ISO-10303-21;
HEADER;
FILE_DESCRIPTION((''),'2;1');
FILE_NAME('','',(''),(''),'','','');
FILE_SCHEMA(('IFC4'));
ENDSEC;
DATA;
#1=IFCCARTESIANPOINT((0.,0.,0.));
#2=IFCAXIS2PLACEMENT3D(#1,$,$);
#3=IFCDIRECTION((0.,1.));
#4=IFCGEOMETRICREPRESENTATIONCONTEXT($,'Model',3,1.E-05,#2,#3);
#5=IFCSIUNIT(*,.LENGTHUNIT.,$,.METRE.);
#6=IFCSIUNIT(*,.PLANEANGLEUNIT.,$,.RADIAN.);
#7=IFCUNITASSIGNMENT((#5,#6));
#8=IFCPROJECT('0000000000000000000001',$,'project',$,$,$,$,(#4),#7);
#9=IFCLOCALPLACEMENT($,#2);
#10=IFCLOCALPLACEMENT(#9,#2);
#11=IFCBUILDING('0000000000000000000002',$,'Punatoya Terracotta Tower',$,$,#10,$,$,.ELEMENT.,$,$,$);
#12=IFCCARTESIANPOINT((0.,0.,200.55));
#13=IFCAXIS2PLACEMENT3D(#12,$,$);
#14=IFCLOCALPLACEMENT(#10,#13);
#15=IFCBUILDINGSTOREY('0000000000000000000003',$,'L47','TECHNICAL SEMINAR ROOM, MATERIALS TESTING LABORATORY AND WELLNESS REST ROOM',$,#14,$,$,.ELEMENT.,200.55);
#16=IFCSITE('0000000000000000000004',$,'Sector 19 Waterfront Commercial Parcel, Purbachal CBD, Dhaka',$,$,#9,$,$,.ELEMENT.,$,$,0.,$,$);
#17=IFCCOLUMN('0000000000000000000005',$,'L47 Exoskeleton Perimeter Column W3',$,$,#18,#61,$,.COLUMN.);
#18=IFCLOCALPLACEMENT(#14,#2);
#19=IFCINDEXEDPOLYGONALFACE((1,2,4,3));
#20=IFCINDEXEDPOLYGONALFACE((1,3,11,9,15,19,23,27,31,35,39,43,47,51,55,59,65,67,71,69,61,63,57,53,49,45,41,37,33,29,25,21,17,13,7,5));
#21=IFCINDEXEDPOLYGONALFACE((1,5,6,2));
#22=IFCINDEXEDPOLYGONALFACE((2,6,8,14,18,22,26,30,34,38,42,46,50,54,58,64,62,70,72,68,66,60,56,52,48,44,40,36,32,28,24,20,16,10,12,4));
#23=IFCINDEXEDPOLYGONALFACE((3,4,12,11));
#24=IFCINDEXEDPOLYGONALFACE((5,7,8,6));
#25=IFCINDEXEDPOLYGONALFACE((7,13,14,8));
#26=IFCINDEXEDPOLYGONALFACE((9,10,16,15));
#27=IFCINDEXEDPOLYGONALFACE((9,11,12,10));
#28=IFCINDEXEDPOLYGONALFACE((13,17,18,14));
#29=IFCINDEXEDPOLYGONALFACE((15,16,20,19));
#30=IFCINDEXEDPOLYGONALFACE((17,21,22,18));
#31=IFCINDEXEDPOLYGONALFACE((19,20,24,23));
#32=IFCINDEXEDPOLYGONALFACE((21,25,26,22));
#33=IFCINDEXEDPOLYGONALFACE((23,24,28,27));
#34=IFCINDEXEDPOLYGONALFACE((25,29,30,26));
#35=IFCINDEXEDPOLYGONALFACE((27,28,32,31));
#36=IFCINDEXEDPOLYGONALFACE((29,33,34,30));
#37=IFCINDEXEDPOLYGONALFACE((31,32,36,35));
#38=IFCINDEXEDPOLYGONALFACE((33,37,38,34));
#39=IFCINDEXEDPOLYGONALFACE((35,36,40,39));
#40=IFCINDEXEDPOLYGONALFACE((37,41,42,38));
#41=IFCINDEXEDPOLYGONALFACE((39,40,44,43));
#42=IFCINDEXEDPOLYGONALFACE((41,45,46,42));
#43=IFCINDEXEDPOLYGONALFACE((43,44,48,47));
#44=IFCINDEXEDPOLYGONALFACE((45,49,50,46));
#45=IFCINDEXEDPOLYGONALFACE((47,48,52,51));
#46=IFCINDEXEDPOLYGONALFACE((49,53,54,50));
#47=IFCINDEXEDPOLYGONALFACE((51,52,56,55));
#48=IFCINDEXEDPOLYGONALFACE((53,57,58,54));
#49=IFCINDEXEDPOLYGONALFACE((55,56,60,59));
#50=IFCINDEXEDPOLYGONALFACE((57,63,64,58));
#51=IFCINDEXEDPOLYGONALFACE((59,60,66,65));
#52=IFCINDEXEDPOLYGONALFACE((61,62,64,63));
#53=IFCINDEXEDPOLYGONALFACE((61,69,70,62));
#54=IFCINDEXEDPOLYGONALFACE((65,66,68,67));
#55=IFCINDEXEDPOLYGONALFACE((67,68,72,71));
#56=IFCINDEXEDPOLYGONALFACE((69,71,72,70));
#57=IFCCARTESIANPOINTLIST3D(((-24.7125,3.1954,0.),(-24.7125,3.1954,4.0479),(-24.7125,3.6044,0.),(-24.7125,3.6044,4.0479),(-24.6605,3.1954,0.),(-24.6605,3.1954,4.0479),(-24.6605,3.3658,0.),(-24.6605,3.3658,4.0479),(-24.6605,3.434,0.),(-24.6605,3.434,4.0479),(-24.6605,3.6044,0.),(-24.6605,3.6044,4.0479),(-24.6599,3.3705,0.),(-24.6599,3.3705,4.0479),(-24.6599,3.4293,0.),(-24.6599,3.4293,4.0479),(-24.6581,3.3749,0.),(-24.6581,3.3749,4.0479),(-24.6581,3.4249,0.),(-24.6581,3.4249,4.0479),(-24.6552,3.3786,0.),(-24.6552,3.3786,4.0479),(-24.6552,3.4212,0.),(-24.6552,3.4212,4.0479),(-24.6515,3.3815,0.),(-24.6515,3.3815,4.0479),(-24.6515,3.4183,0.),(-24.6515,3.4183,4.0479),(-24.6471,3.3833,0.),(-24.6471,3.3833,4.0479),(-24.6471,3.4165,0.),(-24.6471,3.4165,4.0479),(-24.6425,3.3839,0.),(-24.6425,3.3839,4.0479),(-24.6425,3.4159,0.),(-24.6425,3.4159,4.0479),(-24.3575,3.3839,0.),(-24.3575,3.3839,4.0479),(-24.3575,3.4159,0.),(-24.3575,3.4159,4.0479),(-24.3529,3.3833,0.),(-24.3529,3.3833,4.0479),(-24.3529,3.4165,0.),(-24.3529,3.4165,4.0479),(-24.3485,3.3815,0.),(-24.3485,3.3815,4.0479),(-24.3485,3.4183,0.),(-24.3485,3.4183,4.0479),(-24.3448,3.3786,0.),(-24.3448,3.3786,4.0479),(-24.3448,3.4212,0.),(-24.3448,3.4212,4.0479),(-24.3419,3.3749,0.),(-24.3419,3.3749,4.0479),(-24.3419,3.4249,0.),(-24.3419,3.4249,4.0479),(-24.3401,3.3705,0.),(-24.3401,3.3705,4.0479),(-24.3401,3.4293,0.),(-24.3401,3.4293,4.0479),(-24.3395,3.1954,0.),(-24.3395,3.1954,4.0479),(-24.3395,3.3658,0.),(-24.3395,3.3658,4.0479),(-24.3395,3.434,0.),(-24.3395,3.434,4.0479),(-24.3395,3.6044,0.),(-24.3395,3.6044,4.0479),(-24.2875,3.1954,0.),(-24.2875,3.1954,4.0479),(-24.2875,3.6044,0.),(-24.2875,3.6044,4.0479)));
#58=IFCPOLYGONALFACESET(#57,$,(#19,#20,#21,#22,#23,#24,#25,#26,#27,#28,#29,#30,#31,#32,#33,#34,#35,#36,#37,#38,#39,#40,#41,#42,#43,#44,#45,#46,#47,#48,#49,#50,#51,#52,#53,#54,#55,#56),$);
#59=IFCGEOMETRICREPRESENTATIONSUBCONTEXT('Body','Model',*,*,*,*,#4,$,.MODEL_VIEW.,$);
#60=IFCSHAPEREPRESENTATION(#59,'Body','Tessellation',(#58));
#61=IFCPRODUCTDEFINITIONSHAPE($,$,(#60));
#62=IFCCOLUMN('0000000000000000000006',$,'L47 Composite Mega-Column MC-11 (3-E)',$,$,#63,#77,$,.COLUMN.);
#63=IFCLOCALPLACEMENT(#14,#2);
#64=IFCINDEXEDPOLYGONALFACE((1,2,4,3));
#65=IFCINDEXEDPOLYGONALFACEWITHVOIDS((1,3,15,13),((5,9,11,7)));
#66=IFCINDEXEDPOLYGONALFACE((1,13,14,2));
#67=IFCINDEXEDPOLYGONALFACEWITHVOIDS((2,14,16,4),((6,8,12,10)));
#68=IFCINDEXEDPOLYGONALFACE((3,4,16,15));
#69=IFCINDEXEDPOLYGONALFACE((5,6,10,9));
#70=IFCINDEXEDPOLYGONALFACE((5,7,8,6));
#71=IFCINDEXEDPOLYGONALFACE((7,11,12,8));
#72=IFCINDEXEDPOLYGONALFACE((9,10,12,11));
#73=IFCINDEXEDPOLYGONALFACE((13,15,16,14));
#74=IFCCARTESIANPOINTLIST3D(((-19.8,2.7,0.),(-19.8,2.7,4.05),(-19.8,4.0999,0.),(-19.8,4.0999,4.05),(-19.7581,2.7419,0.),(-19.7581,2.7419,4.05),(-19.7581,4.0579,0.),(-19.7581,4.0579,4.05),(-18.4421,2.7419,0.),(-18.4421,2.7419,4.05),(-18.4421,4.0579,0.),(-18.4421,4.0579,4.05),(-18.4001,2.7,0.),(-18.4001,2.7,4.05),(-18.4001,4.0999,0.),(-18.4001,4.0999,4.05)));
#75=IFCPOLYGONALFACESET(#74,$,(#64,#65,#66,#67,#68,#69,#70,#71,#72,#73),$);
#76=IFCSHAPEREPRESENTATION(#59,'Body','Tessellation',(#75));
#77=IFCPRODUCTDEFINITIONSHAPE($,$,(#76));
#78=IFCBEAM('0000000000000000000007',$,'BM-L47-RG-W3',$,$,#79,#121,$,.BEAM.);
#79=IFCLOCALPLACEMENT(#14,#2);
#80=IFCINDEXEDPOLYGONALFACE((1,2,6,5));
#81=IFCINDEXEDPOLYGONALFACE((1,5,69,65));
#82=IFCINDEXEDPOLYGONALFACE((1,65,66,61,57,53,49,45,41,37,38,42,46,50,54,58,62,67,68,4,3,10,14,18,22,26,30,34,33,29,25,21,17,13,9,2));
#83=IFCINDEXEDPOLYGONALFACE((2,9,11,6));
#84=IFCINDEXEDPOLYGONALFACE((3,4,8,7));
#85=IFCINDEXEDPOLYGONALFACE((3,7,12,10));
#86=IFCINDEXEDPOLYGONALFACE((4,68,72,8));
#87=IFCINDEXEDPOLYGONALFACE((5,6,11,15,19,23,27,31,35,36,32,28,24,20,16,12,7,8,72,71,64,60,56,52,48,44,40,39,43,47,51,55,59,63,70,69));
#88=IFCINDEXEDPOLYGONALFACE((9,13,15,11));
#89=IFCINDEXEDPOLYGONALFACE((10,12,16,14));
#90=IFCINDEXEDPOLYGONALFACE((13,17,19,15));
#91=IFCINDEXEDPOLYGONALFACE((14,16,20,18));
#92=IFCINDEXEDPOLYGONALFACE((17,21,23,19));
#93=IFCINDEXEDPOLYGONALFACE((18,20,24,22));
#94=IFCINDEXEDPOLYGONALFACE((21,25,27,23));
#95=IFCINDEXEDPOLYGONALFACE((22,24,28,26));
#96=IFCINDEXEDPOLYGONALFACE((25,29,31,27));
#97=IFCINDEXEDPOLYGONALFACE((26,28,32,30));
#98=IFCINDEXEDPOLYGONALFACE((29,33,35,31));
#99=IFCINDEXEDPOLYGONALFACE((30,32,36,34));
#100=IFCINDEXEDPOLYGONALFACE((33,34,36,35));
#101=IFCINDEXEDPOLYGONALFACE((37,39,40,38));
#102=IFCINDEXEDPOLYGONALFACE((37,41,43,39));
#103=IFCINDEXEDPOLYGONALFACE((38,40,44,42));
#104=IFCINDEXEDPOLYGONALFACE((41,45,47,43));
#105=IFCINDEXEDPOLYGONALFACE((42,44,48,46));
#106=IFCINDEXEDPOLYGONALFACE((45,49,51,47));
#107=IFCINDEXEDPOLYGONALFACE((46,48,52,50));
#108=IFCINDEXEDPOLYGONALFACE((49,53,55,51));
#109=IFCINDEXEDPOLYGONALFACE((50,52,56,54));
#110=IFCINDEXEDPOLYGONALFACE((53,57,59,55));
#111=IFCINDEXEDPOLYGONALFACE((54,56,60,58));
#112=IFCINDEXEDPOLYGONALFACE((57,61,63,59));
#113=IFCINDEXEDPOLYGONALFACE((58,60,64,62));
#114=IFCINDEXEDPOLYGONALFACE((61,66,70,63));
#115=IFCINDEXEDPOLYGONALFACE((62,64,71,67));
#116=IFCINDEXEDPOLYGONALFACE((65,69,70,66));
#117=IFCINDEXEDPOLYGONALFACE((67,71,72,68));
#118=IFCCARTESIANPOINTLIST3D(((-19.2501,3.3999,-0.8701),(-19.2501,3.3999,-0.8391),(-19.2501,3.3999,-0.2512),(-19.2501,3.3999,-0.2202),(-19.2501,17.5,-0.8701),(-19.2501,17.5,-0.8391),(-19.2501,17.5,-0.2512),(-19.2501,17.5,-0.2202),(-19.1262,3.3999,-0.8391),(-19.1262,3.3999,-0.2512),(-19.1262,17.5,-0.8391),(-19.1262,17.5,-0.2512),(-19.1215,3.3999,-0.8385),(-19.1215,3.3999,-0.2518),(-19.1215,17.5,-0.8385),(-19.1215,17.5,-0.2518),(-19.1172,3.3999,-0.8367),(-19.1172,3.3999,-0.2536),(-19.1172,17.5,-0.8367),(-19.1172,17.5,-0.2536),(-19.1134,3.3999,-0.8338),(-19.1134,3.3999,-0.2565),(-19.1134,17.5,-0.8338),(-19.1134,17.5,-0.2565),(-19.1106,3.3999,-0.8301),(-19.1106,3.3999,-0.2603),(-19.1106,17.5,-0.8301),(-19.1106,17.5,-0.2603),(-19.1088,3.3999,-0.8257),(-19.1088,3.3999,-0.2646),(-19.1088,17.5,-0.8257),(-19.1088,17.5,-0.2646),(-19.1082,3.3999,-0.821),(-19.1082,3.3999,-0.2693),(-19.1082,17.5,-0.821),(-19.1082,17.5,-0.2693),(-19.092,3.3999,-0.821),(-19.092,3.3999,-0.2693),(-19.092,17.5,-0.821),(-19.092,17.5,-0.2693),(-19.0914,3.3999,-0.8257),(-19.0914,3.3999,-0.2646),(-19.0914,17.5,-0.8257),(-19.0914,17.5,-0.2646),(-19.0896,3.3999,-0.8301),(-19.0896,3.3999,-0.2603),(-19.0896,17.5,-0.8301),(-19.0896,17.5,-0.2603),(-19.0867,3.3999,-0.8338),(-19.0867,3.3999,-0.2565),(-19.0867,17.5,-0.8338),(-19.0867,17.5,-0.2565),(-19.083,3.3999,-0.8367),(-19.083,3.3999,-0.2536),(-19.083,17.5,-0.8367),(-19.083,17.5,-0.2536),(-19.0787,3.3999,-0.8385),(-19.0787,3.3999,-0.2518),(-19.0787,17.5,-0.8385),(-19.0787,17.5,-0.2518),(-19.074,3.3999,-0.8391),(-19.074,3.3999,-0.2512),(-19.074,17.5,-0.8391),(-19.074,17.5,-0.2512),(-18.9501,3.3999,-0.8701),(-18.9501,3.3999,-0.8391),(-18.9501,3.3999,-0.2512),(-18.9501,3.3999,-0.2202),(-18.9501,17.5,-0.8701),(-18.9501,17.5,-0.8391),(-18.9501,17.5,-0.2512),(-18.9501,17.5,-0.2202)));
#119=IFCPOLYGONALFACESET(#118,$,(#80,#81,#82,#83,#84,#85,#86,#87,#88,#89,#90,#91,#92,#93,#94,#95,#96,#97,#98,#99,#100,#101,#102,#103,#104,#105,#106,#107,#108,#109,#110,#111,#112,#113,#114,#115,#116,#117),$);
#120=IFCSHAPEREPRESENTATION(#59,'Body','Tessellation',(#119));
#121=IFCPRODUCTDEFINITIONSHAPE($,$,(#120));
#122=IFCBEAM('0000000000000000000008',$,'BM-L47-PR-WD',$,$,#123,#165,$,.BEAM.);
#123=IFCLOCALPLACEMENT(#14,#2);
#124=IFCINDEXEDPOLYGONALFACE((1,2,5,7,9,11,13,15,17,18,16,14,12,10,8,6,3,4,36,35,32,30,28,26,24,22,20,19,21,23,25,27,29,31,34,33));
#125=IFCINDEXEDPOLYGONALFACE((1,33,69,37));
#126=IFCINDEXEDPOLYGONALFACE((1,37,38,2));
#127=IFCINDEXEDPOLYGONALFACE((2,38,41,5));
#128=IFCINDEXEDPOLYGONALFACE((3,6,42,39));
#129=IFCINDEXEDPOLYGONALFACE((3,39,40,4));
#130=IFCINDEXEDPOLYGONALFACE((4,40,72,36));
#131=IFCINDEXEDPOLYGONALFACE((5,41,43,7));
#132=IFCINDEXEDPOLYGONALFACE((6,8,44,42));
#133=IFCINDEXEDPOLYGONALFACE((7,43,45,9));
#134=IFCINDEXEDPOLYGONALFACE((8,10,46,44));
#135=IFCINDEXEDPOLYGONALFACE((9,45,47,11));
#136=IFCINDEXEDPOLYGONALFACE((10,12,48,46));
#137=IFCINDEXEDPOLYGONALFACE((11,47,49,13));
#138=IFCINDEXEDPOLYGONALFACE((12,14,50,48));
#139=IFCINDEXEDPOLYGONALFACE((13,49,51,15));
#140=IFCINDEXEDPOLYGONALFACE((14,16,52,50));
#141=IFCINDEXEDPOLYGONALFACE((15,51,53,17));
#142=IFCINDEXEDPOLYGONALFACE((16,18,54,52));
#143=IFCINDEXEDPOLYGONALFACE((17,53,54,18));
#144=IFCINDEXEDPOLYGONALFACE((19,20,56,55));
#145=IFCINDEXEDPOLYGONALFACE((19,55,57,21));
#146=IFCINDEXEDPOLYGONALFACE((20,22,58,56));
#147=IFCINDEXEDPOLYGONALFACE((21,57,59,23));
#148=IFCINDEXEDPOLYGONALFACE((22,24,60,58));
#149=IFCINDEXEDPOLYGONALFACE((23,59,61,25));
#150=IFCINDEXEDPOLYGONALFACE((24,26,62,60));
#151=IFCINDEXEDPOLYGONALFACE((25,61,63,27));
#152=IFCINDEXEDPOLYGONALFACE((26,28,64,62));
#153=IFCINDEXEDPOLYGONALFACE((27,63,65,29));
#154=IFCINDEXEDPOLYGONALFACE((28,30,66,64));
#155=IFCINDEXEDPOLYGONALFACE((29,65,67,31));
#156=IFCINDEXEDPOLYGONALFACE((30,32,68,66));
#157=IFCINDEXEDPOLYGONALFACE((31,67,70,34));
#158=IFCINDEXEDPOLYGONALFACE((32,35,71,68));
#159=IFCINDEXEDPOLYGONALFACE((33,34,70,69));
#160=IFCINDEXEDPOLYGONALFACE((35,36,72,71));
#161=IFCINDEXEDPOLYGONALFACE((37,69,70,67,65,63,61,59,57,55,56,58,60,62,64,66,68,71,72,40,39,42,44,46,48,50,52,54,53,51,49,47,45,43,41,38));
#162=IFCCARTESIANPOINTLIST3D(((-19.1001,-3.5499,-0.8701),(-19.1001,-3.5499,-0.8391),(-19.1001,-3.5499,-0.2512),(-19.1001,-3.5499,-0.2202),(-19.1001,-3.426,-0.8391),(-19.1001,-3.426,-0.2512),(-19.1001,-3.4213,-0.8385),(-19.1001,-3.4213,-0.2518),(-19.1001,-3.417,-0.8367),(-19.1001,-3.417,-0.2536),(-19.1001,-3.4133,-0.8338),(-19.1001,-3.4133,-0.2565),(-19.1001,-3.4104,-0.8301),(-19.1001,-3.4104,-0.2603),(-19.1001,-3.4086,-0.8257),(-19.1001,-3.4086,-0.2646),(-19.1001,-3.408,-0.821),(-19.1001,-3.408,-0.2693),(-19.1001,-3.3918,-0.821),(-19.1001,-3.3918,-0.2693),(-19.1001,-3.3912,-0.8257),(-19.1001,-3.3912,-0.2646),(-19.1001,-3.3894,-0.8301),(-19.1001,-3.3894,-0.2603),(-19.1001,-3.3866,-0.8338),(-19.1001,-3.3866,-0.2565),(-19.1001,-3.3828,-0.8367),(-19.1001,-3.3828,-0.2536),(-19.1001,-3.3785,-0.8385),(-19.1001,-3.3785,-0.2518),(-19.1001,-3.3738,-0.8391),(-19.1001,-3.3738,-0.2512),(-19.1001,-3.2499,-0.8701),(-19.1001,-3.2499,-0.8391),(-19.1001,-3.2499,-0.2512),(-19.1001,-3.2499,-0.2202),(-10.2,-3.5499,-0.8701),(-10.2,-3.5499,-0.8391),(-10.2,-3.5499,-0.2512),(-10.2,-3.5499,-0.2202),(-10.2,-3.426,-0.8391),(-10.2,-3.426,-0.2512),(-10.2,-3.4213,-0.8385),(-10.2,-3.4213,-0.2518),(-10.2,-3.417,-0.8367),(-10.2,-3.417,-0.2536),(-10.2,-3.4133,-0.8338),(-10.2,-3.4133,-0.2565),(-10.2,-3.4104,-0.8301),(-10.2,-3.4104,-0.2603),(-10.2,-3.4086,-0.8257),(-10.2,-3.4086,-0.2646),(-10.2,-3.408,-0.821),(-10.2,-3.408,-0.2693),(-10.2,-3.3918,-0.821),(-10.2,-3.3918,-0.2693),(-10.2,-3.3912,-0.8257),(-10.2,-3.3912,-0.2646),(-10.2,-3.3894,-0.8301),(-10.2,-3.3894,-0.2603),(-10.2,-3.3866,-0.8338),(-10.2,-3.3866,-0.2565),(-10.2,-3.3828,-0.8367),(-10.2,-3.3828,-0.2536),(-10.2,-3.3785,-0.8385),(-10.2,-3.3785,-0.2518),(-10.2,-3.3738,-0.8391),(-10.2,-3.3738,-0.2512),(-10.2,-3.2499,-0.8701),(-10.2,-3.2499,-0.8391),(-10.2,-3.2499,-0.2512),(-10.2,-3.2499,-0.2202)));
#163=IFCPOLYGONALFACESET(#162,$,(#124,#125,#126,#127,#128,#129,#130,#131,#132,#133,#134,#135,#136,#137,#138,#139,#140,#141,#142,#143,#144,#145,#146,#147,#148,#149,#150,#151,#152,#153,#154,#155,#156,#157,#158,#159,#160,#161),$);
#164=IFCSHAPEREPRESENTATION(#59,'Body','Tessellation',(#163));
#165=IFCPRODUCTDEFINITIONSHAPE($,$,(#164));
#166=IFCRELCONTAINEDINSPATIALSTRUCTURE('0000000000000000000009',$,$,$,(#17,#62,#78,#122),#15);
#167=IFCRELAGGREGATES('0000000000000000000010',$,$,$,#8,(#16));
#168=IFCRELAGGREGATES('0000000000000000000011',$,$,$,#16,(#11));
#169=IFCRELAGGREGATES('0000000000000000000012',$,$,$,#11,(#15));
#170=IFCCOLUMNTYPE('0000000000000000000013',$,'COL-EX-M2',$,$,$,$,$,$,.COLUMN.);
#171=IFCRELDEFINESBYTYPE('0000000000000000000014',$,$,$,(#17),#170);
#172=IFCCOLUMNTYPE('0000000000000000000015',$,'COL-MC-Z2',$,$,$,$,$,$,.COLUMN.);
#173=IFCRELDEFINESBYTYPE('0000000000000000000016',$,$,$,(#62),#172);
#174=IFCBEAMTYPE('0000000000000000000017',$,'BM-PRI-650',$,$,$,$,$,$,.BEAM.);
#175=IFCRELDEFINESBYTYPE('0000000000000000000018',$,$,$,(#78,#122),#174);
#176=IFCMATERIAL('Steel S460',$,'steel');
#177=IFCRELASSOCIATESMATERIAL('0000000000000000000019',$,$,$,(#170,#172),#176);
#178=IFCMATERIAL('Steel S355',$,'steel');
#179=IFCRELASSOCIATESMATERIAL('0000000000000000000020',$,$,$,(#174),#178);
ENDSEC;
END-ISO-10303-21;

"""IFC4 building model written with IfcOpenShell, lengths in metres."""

from ifc_helpers import new_model, si_unit, direction, frame, origin, origin_2d, place, context, subcontext, project, spatial, hollow_rectangle, i_section, extrude, material, material_profile, profile_set, type_object, element, save


model = new_model("IFC4")

# Units and contexts
model_context = context("Model", 3, precision=1e-05, world=origin(), true_north=direction((0.0, 1.0)))
body_context = subcontext(model_context, "Body", "Model", "MODEL_VIEW")
ifc_project = project(units=[si_unit("LENGTHUNIT", "METRE"), si_unit("PLANEANGLEUNIT", "RADIAN")], contexts=[model_context])

# Site, building, storey
site_placement = place(None, origin())
site = spatial("IfcSite", under=ifc_project, at=site_placement, Name="Sector 19 Waterfront Commercial Parcel, Purbachal CBD, Dhaka", CompositionType="ELEMENT", RefElevation=0.0)
building_placement = place(site_placement, origin())
building = spatial("IfcBuilding", under=site, at=building_placement, Name="Punatoya Terracotta Tower", CompositionType="ELEMENT")
storey_placement = place(building_placement, frame((0.0, 0.0, 200.55)))
storey = spatial("IfcBuildingStorey", under=building, at=storey_placement, Name="L47", Description="TECHNICAL SEMINAR ROOM, MATERIALS TESTING LABORATORY AND WELLNESS REST ROOM", CompositionType="ELEMENT", Elevation=200.55)

# Columns
ifc_material_1 = material(Name="Steel S460", Category="steel")
ifc_material_profile_1 = material_profile(ifc_material_1, i_section(OverallWidth=0.4089, OverallDepth=0.425, WebThickness=0.032, FlangeThickness=0.052, FilletRadius=0.0181, at=origin_2d()))
ifc_profile_set_1 = profile_set([ifc_material_profile_1], Name="Steel S460")
column_type_1 = type_object("IfcColumnType", Name="COL-EX-M2", PredefinedType="COLUMN", material=ifc_profile_set_1)
column_1_placement = place(storey_placement, frame((-24.5, 3.3999, 0.0), z_axis=(0.0, 0.0, 1.0), x_axis=(0.0, 1.0, 0.0)))
element("IfcColumn", 1, at=column_1_placement, inside=storey, type_object=column_type_1, Name="L47 Exoskeleton Perimeter Column W3", PredefinedType="COLUMN", context=body_context, shape_type="SweptSolid", body=[
    extrude(i_section(OverallWidth=0.4089, OverallDepth=0.425, WebThickness=0.032, FlangeThickness=0.052, FilletRadius=0.0181, at=origin_2d()), origin(), (0.0, 0.0, 1.0), 4.0479),
])
ifc_material_profile_2 = material_profile(ifc_material_1, hollow_rectangle(XDim=1.3999, YDim=1.3999, WallThickness=0.042, at=origin_2d()))
ifc_profile_set_2 = profile_set([ifc_material_profile_2], Name="Steel S460")
column_type_2 = type_object("IfcColumnType", Name="COL-MC-Z2", PredefinedType="COLUMN", material=ifc_profile_set_2)
column_2_placement = place(storey_placement, frame((-19.1001, 3.3999, 0.0), z_axis=(0.0, 0.0, 1.0), x_axis=(1.0, 0.0, 0.0)))
element("IfcColumn", 2, at=column_2_placement, inside=storey, type_object=column_type_2, Name="L47 Composite Mega-Column MC-11 (3-E)", PredefinedType="COLUMN", context=body_context, shape_type="SweptSolid", body=[
    extrude(hollow_rectangle(XDim=1.3999, YDim=1.3999, WallThickness=0.042, at=origin_2d()), origin(), (0.0, 0.0, 1.0), 4.05),
])

# Beams
ifc_material_2 = material(Name="Steel S355", Category="steel")
ifc_material_profile_3 = material_profile(ifc_material_2, i_section(OverallWidth=0.3, OverallDepth=0.6499, WebThickness=0.0161, FlangeThickness=0.031, FilletRadius=0.0181, at=origin_2d()))
ifc_profile_set_3 = profile_set([ifc_material_profile_3], Name="Steel S355")
beam_type_1 = type_object("IfcBeamType", Name="BM-PRI-650", PredefinedType="BEAM", material=ifc_profile_set_3)
beam_1_placement = place(storey_placement, frame((-19.1001, 3.3999, -0.5452), z_axis=(0.0, 1.0, 0.0), x_axis=(-1.0, 0.0, 0.0)))
element("IfcBeam", 3, at=beam_1_placement, inside=storey, type_object=beam_type_1, Name="BM-L47-RG-W3", PredefinedType="BEAM", context=body_context, shape_type="SweptSolid", body=[
    extrude(i_section(OverallWidth=0.3, OverallDepth=0.6499, WebThickness=0.0161, FlangeThickness=0.031, FilletRadius=0.0181, at=origin_2d()), origin(), (0.0, 0.0, 1.0), 14.1001),
])
for number, where, z_axis, x_axis, name in (
    (4, (-19.1001, -3.3999, -0.5452), (1.0, 0.0, 0.0), (0.0, 1.0, 0.0), "BM-L47-PR-WD"),
):
    element("IfcBeam", number, at=place(storey_placement, frame(where, z_axis=z_axis, x_axis=x_axis)), inside=storey, type_object=beam_type_1, Name=name, PredefinedType="BEAM", context=body_context, shape_type="SweptSolid", body=[
        extrude(i_section(OverallWidth=0.3, OverallDepth=0.6499, WebThickness=0.0161, FlangeThickness=0.031, FilletRadius=0.0181, at=origin_2d()), origin(), (0.0, 0.0, 1.0), 8.9001),
    ])

save(model, "model.ifc")
